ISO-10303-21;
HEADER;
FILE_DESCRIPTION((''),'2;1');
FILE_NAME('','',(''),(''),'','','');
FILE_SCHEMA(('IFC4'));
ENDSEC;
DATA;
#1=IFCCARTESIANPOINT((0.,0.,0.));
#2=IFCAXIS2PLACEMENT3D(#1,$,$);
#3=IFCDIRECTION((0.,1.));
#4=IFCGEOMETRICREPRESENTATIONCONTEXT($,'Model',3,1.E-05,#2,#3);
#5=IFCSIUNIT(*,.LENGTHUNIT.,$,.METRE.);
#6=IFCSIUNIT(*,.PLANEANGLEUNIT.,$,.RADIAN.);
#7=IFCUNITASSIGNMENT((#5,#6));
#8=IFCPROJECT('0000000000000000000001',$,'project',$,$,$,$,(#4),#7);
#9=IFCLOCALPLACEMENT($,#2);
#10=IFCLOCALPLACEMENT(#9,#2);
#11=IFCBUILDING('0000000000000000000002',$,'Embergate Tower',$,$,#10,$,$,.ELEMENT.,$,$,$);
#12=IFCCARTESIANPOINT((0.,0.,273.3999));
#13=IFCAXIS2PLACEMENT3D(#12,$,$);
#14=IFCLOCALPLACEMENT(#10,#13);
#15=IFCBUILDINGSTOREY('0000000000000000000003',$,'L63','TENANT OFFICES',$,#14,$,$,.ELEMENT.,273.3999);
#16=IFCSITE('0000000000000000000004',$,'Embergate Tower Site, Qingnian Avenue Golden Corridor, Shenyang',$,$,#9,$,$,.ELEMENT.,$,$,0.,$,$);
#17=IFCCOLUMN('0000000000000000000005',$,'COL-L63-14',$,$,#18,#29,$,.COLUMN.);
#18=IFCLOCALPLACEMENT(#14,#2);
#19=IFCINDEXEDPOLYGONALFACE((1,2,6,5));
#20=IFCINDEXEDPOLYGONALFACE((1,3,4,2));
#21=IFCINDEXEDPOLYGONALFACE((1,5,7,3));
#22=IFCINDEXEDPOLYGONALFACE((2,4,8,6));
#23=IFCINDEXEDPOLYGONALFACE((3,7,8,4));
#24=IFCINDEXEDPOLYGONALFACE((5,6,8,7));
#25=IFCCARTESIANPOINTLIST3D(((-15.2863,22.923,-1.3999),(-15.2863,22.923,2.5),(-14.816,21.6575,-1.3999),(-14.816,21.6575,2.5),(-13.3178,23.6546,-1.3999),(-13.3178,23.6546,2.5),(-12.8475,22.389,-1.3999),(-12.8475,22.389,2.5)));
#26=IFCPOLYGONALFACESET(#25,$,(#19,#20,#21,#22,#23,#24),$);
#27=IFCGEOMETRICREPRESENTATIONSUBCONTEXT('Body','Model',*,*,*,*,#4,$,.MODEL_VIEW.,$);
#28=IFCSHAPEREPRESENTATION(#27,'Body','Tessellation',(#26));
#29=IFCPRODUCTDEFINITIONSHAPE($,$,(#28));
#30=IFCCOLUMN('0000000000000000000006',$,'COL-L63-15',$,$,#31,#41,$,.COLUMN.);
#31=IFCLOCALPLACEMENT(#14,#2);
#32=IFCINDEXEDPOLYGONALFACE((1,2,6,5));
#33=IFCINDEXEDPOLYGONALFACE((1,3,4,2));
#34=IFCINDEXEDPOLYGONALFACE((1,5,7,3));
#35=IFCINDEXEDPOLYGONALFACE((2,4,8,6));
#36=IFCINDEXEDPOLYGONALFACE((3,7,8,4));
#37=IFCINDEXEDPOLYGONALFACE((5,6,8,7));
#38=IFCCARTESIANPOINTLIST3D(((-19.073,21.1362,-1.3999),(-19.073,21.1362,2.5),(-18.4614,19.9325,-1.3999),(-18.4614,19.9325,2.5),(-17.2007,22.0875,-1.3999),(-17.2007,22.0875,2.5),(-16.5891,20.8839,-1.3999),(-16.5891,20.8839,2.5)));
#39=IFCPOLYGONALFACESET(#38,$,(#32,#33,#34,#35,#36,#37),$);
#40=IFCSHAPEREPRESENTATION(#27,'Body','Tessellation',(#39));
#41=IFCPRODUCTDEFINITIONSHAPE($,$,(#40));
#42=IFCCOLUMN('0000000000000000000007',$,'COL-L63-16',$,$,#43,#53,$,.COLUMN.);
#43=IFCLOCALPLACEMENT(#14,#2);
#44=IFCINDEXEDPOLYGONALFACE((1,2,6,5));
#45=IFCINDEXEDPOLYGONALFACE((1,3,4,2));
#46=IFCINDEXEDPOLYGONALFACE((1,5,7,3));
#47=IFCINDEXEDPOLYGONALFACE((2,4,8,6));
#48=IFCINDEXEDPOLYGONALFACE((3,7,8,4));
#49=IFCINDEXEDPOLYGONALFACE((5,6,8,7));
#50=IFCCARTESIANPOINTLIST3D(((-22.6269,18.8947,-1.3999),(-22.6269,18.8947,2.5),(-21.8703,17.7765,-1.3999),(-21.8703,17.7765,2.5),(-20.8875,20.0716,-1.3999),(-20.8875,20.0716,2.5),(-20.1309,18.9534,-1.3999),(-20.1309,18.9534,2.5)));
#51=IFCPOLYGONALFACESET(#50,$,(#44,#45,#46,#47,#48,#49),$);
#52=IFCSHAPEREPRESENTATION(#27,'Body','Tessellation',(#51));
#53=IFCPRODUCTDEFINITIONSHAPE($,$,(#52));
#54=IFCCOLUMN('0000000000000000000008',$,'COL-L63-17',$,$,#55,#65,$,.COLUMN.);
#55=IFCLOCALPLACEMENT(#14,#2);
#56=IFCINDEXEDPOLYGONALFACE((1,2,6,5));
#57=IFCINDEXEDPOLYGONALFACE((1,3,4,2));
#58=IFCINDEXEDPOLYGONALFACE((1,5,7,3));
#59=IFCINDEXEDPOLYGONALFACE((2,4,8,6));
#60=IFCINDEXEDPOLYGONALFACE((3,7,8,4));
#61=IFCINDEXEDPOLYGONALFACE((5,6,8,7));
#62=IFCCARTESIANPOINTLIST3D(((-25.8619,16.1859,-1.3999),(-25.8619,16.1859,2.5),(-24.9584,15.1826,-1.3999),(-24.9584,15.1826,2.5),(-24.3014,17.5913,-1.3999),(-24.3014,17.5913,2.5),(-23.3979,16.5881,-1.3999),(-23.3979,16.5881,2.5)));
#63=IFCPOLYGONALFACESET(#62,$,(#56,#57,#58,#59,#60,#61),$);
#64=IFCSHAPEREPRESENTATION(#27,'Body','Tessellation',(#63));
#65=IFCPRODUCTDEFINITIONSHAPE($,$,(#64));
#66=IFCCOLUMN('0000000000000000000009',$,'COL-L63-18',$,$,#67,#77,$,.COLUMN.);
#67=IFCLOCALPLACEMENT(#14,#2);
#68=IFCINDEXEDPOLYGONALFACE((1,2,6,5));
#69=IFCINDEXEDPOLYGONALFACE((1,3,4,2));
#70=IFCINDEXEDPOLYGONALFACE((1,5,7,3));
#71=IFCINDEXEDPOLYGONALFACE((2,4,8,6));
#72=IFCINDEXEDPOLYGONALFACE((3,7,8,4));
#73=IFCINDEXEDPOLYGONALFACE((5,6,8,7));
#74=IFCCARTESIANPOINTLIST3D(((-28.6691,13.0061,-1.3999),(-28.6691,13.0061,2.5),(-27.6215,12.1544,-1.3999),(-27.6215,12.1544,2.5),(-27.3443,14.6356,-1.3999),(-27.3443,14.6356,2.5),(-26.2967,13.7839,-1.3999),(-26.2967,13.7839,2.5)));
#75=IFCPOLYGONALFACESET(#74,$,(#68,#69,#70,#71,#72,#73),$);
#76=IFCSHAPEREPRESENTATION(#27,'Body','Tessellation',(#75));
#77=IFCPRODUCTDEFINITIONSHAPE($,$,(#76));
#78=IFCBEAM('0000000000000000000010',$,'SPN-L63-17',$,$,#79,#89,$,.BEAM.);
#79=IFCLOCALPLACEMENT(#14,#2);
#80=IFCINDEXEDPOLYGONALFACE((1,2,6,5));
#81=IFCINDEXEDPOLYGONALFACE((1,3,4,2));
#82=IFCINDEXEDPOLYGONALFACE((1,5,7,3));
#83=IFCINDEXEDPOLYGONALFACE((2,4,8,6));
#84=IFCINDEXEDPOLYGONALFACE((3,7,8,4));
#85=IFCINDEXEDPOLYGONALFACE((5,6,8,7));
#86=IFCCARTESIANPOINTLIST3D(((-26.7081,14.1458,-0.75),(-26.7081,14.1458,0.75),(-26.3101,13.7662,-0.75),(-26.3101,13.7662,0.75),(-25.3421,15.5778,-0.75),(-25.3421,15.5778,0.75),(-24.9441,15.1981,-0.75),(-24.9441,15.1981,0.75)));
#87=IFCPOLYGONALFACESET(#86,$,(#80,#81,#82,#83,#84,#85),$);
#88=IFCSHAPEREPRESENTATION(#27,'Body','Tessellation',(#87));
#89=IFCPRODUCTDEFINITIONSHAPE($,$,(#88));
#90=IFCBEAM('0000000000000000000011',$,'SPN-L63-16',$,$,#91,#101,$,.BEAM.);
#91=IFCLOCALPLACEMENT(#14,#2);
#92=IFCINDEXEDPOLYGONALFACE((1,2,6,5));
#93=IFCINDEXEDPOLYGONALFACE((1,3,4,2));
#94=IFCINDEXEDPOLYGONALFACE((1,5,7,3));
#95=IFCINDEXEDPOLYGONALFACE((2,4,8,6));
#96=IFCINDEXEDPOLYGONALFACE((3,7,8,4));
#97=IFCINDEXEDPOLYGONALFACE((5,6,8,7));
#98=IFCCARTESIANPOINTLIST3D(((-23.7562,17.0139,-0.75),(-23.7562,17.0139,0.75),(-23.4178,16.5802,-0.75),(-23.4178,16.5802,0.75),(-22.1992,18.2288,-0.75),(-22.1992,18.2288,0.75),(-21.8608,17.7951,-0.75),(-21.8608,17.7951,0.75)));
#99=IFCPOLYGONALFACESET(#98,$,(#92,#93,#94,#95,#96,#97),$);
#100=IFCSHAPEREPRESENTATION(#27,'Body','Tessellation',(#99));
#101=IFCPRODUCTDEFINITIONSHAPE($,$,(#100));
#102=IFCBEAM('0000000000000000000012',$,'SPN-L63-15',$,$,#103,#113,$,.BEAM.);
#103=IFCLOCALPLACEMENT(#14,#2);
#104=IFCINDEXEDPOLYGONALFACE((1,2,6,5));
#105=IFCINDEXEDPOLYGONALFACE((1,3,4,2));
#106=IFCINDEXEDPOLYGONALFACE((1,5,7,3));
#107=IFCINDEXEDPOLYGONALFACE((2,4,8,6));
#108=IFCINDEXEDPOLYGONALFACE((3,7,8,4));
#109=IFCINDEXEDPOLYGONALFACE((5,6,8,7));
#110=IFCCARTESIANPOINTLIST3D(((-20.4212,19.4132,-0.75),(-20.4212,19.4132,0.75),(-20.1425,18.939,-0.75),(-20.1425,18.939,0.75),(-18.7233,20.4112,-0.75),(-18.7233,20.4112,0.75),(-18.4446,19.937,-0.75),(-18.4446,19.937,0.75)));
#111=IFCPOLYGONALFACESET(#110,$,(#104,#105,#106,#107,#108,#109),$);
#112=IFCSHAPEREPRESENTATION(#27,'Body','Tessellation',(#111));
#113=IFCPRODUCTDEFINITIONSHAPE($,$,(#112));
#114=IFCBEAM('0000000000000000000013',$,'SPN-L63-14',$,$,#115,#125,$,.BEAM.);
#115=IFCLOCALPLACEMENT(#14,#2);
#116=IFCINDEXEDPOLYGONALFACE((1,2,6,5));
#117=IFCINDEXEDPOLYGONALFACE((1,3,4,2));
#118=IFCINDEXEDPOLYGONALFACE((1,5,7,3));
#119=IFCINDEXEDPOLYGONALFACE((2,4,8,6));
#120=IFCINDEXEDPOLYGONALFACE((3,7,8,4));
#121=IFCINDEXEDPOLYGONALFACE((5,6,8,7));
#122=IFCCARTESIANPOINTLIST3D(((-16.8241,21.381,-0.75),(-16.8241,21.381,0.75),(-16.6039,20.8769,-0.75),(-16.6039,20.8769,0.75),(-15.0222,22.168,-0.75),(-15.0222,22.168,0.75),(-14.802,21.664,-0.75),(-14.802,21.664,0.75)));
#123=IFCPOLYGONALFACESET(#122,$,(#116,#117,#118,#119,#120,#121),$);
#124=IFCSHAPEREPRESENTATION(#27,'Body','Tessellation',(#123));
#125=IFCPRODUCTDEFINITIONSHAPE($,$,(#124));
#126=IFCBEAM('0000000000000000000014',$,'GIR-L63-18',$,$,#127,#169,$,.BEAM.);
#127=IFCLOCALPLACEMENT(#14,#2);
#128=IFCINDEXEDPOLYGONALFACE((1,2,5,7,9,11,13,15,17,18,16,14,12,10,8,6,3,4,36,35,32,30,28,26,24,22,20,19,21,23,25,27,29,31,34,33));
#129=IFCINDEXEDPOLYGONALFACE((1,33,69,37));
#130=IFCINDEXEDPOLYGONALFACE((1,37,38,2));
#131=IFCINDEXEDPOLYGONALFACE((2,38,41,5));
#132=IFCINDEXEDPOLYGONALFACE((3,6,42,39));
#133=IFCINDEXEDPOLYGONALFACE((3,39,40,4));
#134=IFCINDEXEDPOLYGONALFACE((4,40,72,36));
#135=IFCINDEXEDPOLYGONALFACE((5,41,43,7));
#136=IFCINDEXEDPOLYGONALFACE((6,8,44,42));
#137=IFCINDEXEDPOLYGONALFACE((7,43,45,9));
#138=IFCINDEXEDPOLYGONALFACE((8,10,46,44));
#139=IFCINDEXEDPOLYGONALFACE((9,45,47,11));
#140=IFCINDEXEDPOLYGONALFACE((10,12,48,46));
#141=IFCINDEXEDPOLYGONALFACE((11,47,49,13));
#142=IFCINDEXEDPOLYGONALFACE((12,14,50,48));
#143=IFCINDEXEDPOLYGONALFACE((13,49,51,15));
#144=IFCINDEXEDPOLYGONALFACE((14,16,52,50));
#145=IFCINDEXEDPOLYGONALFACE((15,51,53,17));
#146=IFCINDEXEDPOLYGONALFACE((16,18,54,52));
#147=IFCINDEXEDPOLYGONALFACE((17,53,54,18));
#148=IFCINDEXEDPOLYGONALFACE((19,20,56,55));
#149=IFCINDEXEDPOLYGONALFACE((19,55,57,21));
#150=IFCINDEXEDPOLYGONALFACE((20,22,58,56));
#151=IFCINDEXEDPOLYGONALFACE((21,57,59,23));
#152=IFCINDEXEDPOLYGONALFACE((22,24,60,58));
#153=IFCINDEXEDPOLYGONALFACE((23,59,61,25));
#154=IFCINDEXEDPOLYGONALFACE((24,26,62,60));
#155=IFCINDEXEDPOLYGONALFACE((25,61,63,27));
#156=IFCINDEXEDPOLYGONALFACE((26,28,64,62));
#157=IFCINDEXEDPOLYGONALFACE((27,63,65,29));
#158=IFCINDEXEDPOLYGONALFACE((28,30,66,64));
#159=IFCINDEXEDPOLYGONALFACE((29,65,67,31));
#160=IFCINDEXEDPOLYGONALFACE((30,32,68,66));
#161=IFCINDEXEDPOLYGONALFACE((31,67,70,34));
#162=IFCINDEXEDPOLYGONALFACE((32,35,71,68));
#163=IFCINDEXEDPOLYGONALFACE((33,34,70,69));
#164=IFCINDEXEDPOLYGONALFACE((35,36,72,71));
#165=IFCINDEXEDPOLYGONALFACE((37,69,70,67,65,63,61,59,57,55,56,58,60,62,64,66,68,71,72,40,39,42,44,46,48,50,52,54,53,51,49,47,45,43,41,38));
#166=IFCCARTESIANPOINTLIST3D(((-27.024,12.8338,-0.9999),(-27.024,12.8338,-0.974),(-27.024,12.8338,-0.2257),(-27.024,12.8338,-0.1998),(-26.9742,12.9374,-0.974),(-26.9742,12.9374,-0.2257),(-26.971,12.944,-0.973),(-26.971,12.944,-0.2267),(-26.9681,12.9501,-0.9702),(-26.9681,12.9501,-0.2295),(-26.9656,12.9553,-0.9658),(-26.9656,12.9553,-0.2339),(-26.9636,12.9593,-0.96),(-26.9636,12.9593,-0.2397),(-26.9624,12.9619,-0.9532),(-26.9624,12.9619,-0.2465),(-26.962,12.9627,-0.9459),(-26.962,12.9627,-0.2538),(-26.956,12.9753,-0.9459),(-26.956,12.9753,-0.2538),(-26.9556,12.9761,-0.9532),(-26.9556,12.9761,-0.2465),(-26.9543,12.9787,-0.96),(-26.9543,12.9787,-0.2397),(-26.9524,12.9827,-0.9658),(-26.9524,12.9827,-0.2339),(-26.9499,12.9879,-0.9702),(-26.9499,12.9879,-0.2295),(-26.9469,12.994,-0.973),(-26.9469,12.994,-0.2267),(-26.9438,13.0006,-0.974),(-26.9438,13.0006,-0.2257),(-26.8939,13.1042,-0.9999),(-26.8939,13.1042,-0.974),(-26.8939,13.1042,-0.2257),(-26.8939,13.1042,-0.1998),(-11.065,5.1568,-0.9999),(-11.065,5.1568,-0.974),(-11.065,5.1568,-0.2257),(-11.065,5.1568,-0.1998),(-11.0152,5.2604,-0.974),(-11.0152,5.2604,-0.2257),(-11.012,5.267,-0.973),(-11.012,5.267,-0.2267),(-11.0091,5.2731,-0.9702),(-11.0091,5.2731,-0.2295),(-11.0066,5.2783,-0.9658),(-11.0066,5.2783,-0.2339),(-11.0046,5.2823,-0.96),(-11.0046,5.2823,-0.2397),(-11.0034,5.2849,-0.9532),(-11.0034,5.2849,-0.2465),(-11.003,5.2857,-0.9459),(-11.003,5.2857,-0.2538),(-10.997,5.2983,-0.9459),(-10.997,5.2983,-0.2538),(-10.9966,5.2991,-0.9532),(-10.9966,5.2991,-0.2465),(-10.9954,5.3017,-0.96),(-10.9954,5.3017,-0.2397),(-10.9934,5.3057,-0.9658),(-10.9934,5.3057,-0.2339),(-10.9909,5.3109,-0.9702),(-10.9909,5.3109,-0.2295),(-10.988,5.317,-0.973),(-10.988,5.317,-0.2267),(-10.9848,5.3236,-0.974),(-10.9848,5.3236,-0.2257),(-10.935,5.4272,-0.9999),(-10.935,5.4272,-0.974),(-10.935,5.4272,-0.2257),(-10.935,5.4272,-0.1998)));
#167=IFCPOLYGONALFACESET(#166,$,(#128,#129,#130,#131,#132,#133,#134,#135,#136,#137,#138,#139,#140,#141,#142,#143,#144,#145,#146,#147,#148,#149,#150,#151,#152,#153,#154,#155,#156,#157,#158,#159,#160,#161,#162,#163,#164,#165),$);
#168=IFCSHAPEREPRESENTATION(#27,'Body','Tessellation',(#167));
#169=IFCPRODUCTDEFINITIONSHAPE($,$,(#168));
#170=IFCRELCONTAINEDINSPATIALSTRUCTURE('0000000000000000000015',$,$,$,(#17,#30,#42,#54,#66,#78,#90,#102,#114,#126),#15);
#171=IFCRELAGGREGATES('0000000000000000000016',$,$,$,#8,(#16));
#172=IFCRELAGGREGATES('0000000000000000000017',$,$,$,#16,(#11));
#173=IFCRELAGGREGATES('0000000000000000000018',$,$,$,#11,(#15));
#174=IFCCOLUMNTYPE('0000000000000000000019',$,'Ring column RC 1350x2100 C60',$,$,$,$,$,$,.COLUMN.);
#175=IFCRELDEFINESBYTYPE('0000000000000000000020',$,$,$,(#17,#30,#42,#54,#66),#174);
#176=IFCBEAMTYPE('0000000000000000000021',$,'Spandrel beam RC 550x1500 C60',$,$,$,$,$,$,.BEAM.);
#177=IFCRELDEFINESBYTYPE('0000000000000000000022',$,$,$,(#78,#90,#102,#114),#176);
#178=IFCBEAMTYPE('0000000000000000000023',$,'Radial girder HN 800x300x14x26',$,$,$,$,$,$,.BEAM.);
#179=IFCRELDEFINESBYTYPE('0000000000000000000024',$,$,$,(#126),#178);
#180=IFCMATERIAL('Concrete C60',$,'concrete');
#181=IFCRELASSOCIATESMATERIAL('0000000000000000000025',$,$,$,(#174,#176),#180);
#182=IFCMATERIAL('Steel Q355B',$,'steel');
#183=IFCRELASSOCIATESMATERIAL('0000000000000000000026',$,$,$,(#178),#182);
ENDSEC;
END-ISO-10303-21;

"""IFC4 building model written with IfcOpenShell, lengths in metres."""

from ifc_helpers import new_model, si_unit, direction, frame, origin, origin_2d, place, context, subcontext, project, spatial, rectangle, i_section, extrude, source, transform, mapped, material, material_profile, profile_set, type_object, element, save


model = new_model("IFC4")

# Units and contexts
model_context = context("Model", 3, precision=1e-05, world=origin(), true_north=direction((0.0, 1.0)))
body_context = subcontext(model_context, "Body", "Model", "MODEL_VIEW")
ifc_project = project(units=[si_unit("LENGTHUNIT", "METRE"), si_unit("PLANEANGLEUNIT", "RADIAN")], contexts=[model_context])

# Site, building, storey
site_placement = place(None, origin())
site = spatial("IfcSite", under=ifc_project, at=site_placement, Name="Embergate Tower Site, Qingnian Avenue Golden Corridor, Shenyang", CompositionType="ELEMENT", RefElevation=0.0)
building_placement = place(site_placement, origin())
building = spatial("IfcBuilding", under=site, at=building_placement, Name="Embergate Tower", CompositionType="ELEMENT")
storey_placement = place(building_placement, frame((0.0, 0.0, 273.3999)))
storey = spatial("IfcBuildingStorey", under=building, at=storey_placement, Name="L63", Description="TENANT OFFICES", CompositionType="ELEMENT", Elevation=273.3999)

# Columns
ifc_material_1 = material(Name="Concrete C60", Category="concrete")
ifc_material_profile_1 = material_profile(ifc_material_1, rectangle(XDim=1.3501, YDim=2.1001, at=origin_2d()), Name="RC 1350x2100")
ifc_profile_set_1 = profile_set([ifc_material_profile_1], Name="Concrete C60")
column_type = type_object("IfcColumnType", Name="Ring column RC 1350x2100 C60", PredefinedType="COLUMN", material=ifc_profile_set_1)
shared_shape_1 = source(origin(), body_context, "Body", "SweptSolid", [
    extrude(rectangle(XDim=1.3501, YDim=2.1001, at=origin_2d()), origin(), (0.0, 0.0, 1.0), 3.8999),
])
for number, where, z_axis, x_axis, name in (
    (1, (-14.0669, 22.656, -1.3999), (0.0, 0.0, 1.0), (-0.348343, 0.937367, 0.0), "COL-L63-14"),
    (2, (-17.8311, 21.01, -1.3999), (0.0, 0.0, 1.0), (-0.452995, 0.891513, 0.0), "COL-L63-15"),
    (3, (-21.3789, 18.9241, -1.3999), (0.0, 0.0, 1.0), (-0.560393, 0.828227, 0.0), "COL-L63-16"),
    (4, (-24.6299, 16.387, -1.3999), (0.0, 0.0, 1.0), (-0.669208, 0.743075, 0.0), "COL-L63-17"),
    (5, (-27.4829, 13.395, -1.3999), (0.0, 0.0, 1.0), (-0.775914, 0.630838, 0.0), "COL-L63-18"),
):
    element("IfcColumn", number, at=place(storey_placement, frame(where, z_axis=z_axis, x_axis=x_axis)), inside=storey, type_object=column_type, Name=name, PredefinedType="COLUMN", context=body_context, shape_type="MappedRepresentation", body=[
        mapped(shared_shape_1, transform((0.0, 0.0, 0.0))),
    ])

# Beams
ifc_material_profile_2 = material_profile(ifc_material_1, rectangle(XDim=0.55, YDim=1.5, at=origin_2d()), Name="RC 550x1500")
ifc_profile_set_2 = profile_set([ifc_material_profile_2], Name="Concrete C60")
beam_type_1 = type_object("IfcBeamType", Name="Spandrel beam RC 550x1500 C60", PredefinedType="BEAM", material=ifc_profile_set_2)
shared_shape_2 = source(origin(), body_context, "Body", "SweptSolid", [
    extrude(rectangle(XDim=0.55, YDim=1.5, at=origin_2d()), origin(), (0.0, 0.0, 1.0), 1.979),
])
beam_1_placement = place(storey_placement, frame((-25.1431, 15.3879, 0.0), z_axis=(-0.690256, -0.723566, 0.0), x_axis=(0.723566, -0.690256, 0.0)))
element("IfcBeam", 6, at=beam_1_placement, inside=storey, type_object=beam_type_1, Name="SPN-L63-17", PredefinedType="BEAM", context=body_context, shape_type="MappedRepresentation", body=[
    mapped(shared_shape_2, transform((0.0, 0.0, 0.0))),
])
shared_shape_3 = source(origin(), body_context, "Body", "SweptSolid", [
    extrude(rectangle(XDim=0.55, YDim=1.5, at=origin_2d()), origin(), (0.0, 0.0, 1.0), 1.9749),
])
beam_2_placement = place(storey_placement, frame((-22.03, 18.012, 0.0), z_axis=(-0.788386, -0.615181, 0.0), x_axis=(0.615181, -0.788386, 0.0)))
element("IfcBeam", 7, at=beam_2_placement, inside=storey, type_object=beam_type_1, Name="SPN-L63-16", PredefinedType="BEAM", context=body_context, shape_type="MappedRepresentation", body=[
    mapped(shared_shape_3, transform((0.0, 0.0, 0.0))),
])
shared_shape_4 = source(origin(), body_context, "Body", "SweptSolid", [
    extrude(rectangle(XDim=0.55, YDim=1.5, at=origin_2d()), origin(), (0.0, 0.0, 1.0), 1.9695),
])
beam_3_placement = place(storey_placement, frame((-18.584, 20.1741, 0.0), z_axis=(-0.862106, -0.506728, 0.0), x_axis=(0.506728, -0.862106, 0.0)))
element("IfcBeam", 8, at=beam_3_placement, inside=storey, type_object=beam_type_1, Name="SPN-L63-15", PredefinedType="BEAM", context=body_context, shape_type="MappedRepresentation", body=[
    mapped(shared_shape_4, transform((0.0, 0.0, 0.0))),
])
shared_shape_5 = source(origin(), body_context, "Body", "SweptSolid", [
    extrude(rectangle(XDim=0.55, YDim=1.5, at=origin_2d()), origin(), (0.0, 0.0, 1.0), 1.9663),
])
beam_4_placement = place(storey_placement, frame((-14.9121, 21.916, 0.0), z_axis=(-0.916394, -0.400278, 0.0), x_axis=(0.400278, -0.916394, 0.0)))
element("IfcBeam", 9, at=beam_4_placement, inside=storey, type_object=beam_type_1, Name="SPN-L63-14", PredefinedType="BEAM", context=body_context, shape_type="MappedRepresentation", body=[
    mapped(shared_shape_5, transform((0.0, 0.0, 0.0))),
])
ifc_material_2 = material(Name="Steel Q355B", Category="steel")
ifc_material_profile_3 = material_profile(ifc_material_2, i_section(OverallWidth=0.3, OverallDepth=0.8, WebThickness=0.0139, FlangeThickness=0.0259, FilletRadius=0.0281, at=origin_2d()), Name="HN 800x300x14x26")
ifc_profile_set_3 = profile_set([ifc_material_profile_3], Name="Steel Q355 grade B")
beam_type_2 = type_object("IfcBeamType", Name="Radial girder HN 800x300x14x26", PredefinedType="BEAM", material=ifc_profile_set_3)
shared_shape_6 = source(origin(), body_context, "Body", "SweptSolid", [
    extrude(i_section(OverallWidth=0.3, OverallDepth=0.8, WebThickness=0.0139, FlangeThickness=0.0259, FilletRadius=0.0281, at=origin_2d()), origin(), (0.0, 0.0, 1.0), 17.7095),
])
beam_5_placement = place(storey_placement, frame((-26.959, 12.969, -0.5999), z_axis=(0.901155, -0.433497, 0.0), x_axis=(0.433497, 0.901155, 0.0)))
element("IfcBeam", 10, at=beam_5_placement, inside=storey, type_object=beam_type_2, Name="GIR-L63-18", PredefinedType="BEAM", context=body_context, shape_type="MappedRepresentation", body=[
    mapped(shared_shape_6, transform((0.0, 0.0, 0.0))),
])

save(model, "model.ifc")
